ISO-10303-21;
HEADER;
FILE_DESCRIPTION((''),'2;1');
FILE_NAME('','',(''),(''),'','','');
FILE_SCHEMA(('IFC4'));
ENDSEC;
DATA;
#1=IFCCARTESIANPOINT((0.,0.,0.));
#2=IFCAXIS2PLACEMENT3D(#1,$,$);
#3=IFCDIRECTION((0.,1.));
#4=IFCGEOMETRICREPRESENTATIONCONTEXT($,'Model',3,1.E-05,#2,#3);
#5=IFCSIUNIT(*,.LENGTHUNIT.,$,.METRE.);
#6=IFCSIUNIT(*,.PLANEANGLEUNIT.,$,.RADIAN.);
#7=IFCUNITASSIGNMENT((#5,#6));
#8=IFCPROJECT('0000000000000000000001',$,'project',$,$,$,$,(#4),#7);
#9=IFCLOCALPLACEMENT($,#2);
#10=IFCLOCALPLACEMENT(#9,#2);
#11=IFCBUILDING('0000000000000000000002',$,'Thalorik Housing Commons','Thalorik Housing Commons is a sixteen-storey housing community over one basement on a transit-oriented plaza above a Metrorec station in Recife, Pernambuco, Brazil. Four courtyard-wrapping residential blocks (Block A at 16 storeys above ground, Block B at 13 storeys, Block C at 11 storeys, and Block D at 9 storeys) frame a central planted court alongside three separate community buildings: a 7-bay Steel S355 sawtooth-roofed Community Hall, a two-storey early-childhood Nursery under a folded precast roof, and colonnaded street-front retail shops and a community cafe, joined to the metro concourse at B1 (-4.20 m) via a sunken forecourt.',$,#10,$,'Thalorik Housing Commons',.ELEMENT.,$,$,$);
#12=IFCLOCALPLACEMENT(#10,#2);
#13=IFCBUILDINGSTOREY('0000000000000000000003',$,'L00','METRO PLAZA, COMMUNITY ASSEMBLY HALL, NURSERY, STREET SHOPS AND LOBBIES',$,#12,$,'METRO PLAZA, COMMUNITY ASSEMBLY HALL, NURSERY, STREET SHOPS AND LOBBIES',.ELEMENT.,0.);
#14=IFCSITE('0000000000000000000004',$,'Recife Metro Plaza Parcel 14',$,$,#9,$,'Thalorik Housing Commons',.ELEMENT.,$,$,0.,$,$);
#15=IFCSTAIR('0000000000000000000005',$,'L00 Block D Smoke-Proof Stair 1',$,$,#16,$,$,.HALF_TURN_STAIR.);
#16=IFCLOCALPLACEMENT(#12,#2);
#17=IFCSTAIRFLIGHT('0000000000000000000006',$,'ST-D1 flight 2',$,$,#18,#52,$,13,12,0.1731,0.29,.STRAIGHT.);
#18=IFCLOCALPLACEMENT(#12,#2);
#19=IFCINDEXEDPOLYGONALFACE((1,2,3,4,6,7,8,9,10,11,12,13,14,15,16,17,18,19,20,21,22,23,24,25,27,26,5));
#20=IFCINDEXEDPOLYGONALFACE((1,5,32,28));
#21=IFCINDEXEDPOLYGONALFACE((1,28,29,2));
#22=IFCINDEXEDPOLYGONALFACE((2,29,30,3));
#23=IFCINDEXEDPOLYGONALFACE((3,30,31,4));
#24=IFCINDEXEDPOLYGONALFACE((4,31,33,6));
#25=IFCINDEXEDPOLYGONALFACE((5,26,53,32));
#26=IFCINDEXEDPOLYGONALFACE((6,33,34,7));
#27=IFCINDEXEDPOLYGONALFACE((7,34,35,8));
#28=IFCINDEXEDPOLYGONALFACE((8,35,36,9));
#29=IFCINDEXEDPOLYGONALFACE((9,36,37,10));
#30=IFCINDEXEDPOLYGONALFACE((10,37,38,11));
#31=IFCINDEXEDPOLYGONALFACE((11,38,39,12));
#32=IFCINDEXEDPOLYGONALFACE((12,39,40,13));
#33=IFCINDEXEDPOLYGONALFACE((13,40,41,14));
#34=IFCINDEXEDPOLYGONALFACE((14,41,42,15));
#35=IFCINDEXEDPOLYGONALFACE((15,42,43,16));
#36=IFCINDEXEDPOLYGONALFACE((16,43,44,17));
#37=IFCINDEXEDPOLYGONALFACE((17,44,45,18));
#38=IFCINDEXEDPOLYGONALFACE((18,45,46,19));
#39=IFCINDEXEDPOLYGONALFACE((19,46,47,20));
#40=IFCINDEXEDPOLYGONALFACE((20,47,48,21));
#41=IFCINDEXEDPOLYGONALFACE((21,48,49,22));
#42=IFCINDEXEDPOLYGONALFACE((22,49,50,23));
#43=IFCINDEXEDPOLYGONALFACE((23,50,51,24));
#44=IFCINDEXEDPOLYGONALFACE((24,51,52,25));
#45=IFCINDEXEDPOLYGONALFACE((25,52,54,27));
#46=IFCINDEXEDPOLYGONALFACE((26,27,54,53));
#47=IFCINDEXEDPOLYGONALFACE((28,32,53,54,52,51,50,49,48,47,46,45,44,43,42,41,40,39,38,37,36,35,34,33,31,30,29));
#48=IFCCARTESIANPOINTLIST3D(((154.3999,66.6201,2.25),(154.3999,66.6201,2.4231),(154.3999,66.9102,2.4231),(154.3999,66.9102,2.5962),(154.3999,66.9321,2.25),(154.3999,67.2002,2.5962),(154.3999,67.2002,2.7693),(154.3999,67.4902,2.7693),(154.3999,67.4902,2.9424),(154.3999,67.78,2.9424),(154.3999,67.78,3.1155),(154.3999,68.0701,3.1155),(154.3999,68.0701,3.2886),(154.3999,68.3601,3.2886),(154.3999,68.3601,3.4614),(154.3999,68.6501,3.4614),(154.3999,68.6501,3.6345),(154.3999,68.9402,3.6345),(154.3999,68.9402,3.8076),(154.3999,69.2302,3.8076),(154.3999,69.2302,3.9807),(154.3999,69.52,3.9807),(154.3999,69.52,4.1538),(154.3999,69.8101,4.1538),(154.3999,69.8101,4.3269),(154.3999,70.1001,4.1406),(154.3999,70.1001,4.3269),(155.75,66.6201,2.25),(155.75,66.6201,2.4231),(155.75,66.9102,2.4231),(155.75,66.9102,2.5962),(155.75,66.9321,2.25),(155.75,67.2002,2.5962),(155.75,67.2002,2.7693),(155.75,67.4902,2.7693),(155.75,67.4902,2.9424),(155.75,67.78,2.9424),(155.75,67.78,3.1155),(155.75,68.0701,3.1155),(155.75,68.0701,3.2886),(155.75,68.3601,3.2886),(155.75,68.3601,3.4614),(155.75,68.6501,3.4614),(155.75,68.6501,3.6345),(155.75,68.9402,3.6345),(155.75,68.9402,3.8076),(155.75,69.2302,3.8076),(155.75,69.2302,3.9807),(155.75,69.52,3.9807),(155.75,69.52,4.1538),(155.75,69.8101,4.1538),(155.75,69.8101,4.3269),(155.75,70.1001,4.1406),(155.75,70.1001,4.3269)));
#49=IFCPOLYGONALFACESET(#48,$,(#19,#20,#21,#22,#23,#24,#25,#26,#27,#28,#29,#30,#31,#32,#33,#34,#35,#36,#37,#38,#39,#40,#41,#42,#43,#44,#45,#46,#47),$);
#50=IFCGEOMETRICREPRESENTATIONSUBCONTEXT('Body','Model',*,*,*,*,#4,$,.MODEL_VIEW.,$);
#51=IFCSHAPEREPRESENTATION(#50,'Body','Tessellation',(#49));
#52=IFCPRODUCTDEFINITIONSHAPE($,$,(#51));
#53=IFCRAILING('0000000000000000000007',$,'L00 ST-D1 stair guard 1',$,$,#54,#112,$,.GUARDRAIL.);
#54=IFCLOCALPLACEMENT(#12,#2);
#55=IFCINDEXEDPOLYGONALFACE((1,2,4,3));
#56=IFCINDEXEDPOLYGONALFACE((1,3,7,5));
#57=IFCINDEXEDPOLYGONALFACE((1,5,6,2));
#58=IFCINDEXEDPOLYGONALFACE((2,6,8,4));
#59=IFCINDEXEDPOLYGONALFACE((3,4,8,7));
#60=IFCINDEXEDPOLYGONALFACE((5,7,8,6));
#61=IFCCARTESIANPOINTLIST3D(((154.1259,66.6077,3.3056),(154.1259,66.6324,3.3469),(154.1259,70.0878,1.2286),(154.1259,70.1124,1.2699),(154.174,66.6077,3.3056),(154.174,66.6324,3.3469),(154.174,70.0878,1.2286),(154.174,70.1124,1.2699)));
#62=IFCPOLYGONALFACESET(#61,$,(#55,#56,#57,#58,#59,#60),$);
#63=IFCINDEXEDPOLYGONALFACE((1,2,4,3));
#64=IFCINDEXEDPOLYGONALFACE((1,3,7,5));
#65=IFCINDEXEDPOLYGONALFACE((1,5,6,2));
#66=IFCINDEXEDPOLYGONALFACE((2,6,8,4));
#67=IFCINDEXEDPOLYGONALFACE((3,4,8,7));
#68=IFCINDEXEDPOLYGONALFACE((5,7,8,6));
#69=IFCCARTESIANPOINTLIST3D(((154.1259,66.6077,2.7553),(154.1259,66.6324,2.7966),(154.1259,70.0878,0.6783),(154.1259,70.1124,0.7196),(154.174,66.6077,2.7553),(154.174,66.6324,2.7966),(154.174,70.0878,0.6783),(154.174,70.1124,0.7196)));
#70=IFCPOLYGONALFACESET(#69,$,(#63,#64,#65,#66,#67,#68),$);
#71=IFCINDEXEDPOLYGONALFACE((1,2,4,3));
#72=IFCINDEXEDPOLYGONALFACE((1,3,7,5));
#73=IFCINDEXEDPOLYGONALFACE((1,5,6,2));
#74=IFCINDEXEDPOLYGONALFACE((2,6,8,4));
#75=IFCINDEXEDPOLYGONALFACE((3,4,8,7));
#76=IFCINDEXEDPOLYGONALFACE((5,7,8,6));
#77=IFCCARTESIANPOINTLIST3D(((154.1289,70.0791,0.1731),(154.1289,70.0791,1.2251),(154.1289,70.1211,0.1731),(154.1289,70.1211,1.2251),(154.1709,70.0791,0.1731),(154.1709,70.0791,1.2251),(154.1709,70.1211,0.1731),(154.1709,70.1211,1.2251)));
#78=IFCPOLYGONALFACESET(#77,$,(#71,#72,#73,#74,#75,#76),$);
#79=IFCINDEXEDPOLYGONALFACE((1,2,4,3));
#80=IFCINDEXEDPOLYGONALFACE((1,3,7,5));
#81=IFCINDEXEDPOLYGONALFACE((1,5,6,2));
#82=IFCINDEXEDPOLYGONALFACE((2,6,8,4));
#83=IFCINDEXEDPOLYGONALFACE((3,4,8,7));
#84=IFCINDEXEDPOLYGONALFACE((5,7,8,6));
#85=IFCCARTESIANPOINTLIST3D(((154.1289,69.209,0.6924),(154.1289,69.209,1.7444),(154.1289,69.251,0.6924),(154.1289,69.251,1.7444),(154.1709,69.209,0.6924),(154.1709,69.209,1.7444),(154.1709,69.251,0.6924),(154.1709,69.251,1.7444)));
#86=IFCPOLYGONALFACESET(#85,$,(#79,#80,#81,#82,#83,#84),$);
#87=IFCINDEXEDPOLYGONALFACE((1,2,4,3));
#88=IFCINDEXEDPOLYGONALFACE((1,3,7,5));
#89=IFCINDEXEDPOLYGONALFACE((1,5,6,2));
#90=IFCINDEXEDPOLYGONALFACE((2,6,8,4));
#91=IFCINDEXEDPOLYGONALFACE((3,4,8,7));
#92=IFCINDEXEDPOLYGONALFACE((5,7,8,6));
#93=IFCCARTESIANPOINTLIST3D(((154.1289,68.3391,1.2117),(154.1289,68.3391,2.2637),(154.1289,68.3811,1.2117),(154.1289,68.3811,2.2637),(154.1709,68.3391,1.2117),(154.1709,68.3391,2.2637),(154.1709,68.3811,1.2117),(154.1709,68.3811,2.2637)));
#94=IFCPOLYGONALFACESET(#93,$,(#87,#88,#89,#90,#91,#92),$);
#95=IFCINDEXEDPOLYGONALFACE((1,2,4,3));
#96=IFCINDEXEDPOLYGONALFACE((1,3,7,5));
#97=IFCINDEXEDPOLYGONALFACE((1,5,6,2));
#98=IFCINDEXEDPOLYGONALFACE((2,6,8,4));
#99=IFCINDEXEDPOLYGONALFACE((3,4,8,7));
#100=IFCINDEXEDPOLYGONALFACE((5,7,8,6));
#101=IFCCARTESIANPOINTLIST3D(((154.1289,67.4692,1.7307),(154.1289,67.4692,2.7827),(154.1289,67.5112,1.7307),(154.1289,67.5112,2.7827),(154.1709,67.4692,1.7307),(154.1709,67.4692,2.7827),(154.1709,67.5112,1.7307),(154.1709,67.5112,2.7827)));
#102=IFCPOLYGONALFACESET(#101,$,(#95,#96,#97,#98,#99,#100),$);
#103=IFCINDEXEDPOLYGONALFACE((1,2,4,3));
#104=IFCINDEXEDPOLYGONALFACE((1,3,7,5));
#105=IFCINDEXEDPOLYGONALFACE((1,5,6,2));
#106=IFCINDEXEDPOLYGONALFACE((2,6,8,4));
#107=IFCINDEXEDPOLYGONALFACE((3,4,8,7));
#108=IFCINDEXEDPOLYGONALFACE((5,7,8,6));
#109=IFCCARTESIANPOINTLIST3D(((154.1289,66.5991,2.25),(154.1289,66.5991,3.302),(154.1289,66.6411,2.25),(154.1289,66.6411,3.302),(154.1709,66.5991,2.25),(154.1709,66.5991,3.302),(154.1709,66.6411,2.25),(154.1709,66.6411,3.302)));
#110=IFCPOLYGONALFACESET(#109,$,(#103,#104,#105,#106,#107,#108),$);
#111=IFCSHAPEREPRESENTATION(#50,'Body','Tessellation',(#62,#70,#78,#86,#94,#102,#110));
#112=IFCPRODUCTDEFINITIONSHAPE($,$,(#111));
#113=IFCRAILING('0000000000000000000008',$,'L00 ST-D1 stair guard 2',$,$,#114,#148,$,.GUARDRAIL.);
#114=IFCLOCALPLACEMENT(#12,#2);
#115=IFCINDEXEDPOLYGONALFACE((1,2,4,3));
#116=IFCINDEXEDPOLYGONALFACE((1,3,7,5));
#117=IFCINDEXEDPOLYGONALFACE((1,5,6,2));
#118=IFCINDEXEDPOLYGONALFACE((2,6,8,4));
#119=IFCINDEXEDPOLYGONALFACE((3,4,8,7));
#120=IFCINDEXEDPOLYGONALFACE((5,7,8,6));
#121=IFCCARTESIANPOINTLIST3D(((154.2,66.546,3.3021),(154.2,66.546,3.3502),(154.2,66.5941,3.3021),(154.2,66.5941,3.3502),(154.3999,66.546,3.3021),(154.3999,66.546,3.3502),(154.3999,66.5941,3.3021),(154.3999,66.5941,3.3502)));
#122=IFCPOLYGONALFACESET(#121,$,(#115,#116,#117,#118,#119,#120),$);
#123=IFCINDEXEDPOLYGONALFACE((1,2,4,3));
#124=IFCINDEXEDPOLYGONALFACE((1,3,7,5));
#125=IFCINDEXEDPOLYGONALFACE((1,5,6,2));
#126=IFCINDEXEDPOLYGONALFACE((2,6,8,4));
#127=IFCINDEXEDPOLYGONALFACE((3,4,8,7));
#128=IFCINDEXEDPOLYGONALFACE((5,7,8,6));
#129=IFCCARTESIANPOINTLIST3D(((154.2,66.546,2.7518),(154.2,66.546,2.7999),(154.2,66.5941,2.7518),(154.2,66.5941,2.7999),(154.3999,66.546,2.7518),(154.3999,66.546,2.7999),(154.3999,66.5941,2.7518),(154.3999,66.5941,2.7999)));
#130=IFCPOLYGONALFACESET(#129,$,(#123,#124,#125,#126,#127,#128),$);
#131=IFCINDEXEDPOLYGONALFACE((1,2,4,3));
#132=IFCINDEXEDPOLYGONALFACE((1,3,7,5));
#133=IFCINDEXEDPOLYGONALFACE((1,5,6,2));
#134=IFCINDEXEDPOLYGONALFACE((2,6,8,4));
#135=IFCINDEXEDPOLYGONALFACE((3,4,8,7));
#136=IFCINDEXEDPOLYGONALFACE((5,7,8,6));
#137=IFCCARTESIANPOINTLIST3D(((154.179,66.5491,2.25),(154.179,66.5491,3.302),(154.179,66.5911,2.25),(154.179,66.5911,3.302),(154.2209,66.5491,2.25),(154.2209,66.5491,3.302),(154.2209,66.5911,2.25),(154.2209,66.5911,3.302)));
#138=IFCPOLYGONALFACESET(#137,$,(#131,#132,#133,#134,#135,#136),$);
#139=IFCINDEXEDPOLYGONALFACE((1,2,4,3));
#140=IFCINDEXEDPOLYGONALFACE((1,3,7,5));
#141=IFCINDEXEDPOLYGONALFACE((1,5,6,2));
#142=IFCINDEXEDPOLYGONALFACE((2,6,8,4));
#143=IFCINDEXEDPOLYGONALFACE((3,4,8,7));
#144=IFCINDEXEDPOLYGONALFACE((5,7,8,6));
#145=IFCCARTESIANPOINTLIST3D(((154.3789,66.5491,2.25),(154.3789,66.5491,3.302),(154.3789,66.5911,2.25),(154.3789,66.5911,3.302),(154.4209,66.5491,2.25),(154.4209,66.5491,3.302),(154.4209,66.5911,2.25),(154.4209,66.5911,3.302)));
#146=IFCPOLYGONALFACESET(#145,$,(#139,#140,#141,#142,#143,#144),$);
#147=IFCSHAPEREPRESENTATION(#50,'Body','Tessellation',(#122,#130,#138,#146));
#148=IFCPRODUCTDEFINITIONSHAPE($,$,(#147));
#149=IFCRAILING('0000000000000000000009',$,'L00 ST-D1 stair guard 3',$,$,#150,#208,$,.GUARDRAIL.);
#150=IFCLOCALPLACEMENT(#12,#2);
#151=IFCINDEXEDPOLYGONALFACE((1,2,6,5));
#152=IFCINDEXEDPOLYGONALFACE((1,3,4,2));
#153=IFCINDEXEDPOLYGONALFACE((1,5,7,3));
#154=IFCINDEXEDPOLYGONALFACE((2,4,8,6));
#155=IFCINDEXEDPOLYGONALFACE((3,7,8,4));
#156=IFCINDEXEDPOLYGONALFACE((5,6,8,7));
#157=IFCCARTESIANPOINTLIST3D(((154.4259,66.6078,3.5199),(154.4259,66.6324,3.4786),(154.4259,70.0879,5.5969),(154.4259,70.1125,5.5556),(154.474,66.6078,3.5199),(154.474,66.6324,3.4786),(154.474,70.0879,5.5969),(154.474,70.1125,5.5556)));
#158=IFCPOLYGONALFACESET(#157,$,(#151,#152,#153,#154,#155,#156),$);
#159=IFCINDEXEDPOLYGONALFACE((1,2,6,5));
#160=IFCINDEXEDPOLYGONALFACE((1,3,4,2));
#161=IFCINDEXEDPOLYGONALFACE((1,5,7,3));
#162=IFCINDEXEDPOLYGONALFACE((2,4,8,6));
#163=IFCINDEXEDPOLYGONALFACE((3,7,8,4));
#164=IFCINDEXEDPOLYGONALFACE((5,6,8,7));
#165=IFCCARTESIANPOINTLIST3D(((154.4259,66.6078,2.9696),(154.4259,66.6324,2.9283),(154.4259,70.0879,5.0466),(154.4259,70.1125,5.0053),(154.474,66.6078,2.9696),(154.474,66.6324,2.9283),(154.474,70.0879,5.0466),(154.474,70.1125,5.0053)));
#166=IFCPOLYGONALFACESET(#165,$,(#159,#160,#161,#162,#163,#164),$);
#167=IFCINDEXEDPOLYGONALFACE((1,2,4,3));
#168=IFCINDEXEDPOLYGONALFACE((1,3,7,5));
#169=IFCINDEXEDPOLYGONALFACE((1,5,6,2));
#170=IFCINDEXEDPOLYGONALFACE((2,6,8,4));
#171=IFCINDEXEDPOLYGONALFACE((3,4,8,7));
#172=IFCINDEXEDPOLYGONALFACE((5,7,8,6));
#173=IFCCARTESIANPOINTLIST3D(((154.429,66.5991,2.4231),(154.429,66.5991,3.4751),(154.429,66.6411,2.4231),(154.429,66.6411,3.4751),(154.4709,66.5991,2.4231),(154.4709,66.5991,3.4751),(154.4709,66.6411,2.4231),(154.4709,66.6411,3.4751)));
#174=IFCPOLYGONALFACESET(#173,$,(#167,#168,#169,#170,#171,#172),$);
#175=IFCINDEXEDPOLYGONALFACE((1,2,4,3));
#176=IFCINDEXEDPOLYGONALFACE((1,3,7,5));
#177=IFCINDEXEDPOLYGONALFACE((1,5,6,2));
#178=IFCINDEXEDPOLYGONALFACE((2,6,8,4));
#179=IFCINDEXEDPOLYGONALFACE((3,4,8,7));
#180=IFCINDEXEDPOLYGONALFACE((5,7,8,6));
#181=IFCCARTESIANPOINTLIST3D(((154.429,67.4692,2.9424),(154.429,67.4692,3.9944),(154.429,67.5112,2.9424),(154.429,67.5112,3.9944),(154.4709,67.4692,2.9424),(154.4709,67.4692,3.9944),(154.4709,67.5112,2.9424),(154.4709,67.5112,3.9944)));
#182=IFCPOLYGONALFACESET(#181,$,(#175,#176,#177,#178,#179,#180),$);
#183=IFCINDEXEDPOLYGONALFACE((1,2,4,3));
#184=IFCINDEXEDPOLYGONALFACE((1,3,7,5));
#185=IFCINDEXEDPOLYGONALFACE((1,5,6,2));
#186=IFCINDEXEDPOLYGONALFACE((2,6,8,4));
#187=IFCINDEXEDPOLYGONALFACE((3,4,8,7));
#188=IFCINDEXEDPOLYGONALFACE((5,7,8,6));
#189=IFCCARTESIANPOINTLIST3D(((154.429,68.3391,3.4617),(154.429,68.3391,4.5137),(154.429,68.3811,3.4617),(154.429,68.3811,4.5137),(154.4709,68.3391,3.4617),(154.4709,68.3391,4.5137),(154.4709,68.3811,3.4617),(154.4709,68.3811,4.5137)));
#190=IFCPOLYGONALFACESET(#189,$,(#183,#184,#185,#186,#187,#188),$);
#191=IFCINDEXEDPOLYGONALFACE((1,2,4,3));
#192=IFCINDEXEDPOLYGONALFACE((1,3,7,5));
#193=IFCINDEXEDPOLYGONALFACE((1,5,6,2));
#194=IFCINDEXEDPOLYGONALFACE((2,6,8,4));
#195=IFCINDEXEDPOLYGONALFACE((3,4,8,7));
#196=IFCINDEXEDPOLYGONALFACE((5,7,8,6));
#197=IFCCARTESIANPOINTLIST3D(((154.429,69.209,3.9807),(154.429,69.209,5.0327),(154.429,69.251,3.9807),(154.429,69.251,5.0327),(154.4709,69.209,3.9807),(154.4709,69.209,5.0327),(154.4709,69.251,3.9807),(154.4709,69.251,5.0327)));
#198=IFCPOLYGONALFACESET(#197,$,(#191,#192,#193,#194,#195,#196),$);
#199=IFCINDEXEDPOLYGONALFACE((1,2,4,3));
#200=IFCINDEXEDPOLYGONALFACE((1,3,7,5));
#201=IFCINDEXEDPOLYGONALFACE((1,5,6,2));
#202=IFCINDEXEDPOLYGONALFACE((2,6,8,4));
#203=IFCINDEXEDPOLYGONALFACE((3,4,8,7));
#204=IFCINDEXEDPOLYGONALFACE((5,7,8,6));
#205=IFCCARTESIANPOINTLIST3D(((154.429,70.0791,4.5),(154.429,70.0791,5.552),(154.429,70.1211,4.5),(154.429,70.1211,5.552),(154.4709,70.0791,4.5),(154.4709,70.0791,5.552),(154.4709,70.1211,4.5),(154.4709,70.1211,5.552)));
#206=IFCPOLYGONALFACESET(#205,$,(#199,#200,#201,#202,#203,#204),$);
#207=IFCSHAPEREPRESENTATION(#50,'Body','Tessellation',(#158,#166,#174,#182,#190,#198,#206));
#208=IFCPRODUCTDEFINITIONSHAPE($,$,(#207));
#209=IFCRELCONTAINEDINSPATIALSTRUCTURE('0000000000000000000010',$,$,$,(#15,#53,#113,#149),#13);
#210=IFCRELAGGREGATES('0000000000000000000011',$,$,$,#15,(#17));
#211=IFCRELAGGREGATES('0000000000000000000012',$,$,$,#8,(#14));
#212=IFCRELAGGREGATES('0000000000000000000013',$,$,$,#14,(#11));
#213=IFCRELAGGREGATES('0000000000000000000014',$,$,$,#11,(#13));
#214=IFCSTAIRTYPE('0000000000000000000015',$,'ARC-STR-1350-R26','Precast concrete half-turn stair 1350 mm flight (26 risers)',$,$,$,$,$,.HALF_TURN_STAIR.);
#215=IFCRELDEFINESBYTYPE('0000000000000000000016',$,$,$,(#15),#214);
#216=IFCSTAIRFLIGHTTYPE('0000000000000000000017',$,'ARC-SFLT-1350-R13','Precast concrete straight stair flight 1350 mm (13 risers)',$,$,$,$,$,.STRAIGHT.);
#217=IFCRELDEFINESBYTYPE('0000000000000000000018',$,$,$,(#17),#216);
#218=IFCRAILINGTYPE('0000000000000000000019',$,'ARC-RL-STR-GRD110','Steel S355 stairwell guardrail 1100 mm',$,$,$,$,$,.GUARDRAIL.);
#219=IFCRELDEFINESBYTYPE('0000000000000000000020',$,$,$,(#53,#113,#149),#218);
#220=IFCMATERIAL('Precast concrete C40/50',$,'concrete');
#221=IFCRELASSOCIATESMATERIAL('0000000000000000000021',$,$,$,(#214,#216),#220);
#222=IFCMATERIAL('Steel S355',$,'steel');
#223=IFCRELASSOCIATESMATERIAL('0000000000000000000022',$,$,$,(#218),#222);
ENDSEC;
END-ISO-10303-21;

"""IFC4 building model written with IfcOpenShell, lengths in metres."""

from ifc_helpers import new_model, si_unit, direction, frame, origin, origin_2d, place, context, subcontext, project, spatial, polyline, rectangle, outline, extrude, material, type_object, element, aggregate, save


model = new_model("IFC4")

# Units and contexts
model_context = context("Model", 3, precision=1e-05, world=origin(), true_north=direction((0.0, 1.0)))
body_context = subcontext(model_context, "Body", "Model", "MODEL_VIEW")
ifc_project = project(units=[si_unit("LENGTHUNIT", "METRE"), si_unit("PLANEANGLEUNIT", "RADIAN")], contexts=[model_context])

# Site, building, storey
site_placement = place(None, origin())
site = spatial("IfcSite", under=ifc_project, at=site_placement, Name="Recife Metro Plaza Parcel 14", LongName="Thalorik Housing Commons", CompositionType="ELEMENT", RefElevation=0.0)
building_placement = place(site_placement, origin())
building = spatial("IfcBuilding", under=site, at=building_placement, Name="Thalorik Housing Commons", Description="Thalorik Housing Commons is a sixteen-storey housing community over one basement on a transit-oriented plaza above a Metrorec station in Recife, Pernambuco, Brazil. Four courtyard-wrapping residential blocks (Block A at 16 storeys above ground, Block B at 13 storeys, Block C at 11 storeys, and Block D at 9 storeys) frame a central planted court alongside three separate community buildings: a 7-bay Steel S355 sawtooth-roofed Community Hall, a two-storey early-childhood Nursery under a folded precast roof, and colonnaded street-front retail shops and a community cafe, joined to the metro concourse at B1 (-4.20 m) via a sunken forecourt.", LongName="Thalorik Housing Commons", CompositionType="ELEMENT")
storey_placement = place(building_placement, origin())
storey = spatial("IfcBuildingStorey", under=building, at=storey_placement, Name="L00", Description="METRO PLAZA, COMMUNITY ASSEMBLY HALL, NURSERY, STREET SHOPS AND LOBBIES", LongName="METRO PLAZA, COMMUNITY ASSEMBLY HALL, NURSERY, STREET SHOPS AND LOBBIES", CompositionType="ELEMENT", Elevation=0.0)

# Shared definitions
ifc_material_1 = material(Name="Precast concrete C40/50", Category="concrete")

# Shared definitions
ifc_material_2 = material(Name="Steel S355", Category="steel")

# Stair, stair flight
stair_type = type_object("IfcStairType", Name="ARC-STR-1350-R26", Description="Precast concrete half-turn stair 1350 mm flight (26 risers)", PredefinedType="HALF_TURN_STAIR", material=ifc_material_1)
stair_placement = place(storey_placement, origin())
stair = element("IfcStair", 1, at=stair_placement, inside=storey, type_object=stair_type, Name="L00 Block D Smoke-Proof Stair 1", PredefinedType="HALF_TURN_STAIR")
stair_flight_type = type_object("IfcStairFlightType", Name="ARC-SFLT-1350-R13", Description="Precast concrete straight stair flight 1350 mm (13 risers)", PredefinedType="STRAIGHT", material=ifc_material_1)
stair_flight_1_placement = place(storey_placement, frame((155.075, 66.6201, 2.25), z_axis=(0.0, 0.0, 1.0), x_axis=(0.0, 1.0, 0.0)))
stair_flight_1 = element("IfcStairFlight", 2, at=stair_flight_1_placement, type_object=stair_flight_type, Name="ST-D1 flight 2", NumberOfRisers=13, NumberOfTreads=12, PredefinedType="STRAIGHT", RiserHeight=0.1731, TreadLength=0.29, context=body_context, shape_type="SweptSolid", body=[
    extrude(outline(polyline([(0.0, 0.0), (0.0, 0.1731), (0.29, 0.1731), (0.29, 0.3462), (0.5801, 0.3462), (0.5801, 0.5193), (0.8701, 0.5193), (0.8701, 0.6924), (1.1599, 0.6924), (1.1599, 0.8655), (1.45, 0.8655), (1.45, 1.0386), (1.74, 1.0386), (1.74, 1.2114), (2.03, 1.2114), (2.03, 1.3845), (2.3201, 1.3845), (2.3201, 1.5576), (2.6101, 1.5576), (2.6101, 1.7307), (2.8999, 1.7307), (2.8999, 1.9038), (3.1899, 1.9038), (3.1899, 2.0769), (3.48, 2.0769), (3.48, 2.25), (3.48, 1.8906), (0.312, 0.0), (0.0, 0.0)])), frame((0.0, 0.675, 0.0), z_axis=(0.0, -1.0, 0.0), x_axis=(1.0, 0.0, 0.0)), (0.0, 0.0, 1.0), 1.3501),
])
aggregate(stair, [stair_flight_1])

# Railings
railing_type_1 = type_object("IfcRailingType", Name="ARC-RL-STR-GRD110", Description="Steel S355 stairwell guardrail 1100 mm", PredefinedType="GUARDRAIL", material=ifc_material_2)
railing_1_placement = place(storey_placement, frame((154.1499, 70.1001, 0.1731)))
element("IfcRailing", 3, at=railing_1_placement, inside=storey, type_object=railing_type_1, Name="L00 ST-D1 stair guard 1", PredefinedType="GUARDRAIL", context=body_context, shape_type="SweptSolid", body=[
    extrude(rectangle(XDim=0.0481, YDim=0.0481, at=origin_2d()), frame((0.0, 0.0, 1.0762), z_axis=(0.0, -0.858697, 0.512483), x_axis=(1.0, 0.0, 0.0)), (0.0, 0.0, 1.0), 4.0527),
    extrude(rectangle(XDim=0.0481, YDim=0.0481, at=origin_2d()), frame((0.0, 0.0, 0.5259), z_axis=(0.0, -0.858697, 0.512483), x_axis=(1.0, 0.0, 0.0)), (0.0, 0.0, 1.0), 4.0527),
    extrude(rectangle(XDim=0.042, YDim=0.042, at=origin_2d()), origin(), (0.0, 0.0, 1.0), 1.052),
    extrude(rectangle(XDim=0.042, YDim=0.042, at=origin_2d()), frame((0.0, -0.8701, 0.5193)), (0.0, 0.0, 1.0), 1.052),
    extrude(rectangle(XDim=0.042, YDim=0.042, at=origin_2d()), frame((0.0, -1.74, 1.0386)), (0.0, 0.0, 1.0), 1.052),
    extrude(rectangle(XDim=0.042, YDim=0.042, at=origin_2d()), frame((0.0, -2.6099, 1.5576)), (0.0, 0.0, 1.0), 1.052),
    extrude(rectangle(XDim=0.042, YDim=0.042, at=origin_2d()), frame((0.0, -3.48, 2.0769)), (0.0, 0.0, 1.0), 1.052),
])
railing_2_placement = place(storey_placement, frame((154.2, 66.5701, 2.25)))
element("IfcRailing", 4, at=railing_2_placement, inside=storey, type_object=railing_type_1, Name="L00 ST-D1 stair guard 2", PredefinedType="GUARDRAIL", context=body_context, shape_type="SweptSolid", body=[
    extrude(rectangle(XDim=0.0481, YDim=0.0481, at=origin_2d()), frame((0.0, 0.0, 1.0762), z_axis=(1.0, 0.0, 0.0), x_axis=(0.0, 1.0, 0.0)), (0.0, 0.0, 1.0), 0.2),
    extrude(rectangle(XDim=0.0481, YDim=0.0481, at=origin_2d()), frame((0.0, 0.0, 0.5259), z_axis=(1.0, 0.0, 0.0), x_axis=(0.0, 1.0, 0.0)), (0.0, 0.0, 1.0), 0.2),
    extrude(rectangle(XDim=0.042, YDim=0.042, at=origin_2d()), origin(), (0.0, 0.0, 1.0), 1.052),
    extrude(rectangle(XDim=0.042, YDim=0.042, at=origin_2d()), frame((0.2, 0.0, 0.0)), (0.0, 0.0, 1.0), 1.052),
])
railing_3_placement = place(storey_placement, frame((154.45, 66.6201, 2.4231)))
element("IfcRailing", 5, at=railing_3_placement, inside=storey, type_object=railing_type_1, Name="L00 ST-D1 stair guard 3", PredefinedType="GUARDRAIL", context=body_context, shape_type="SweptSolid", body=[
    extrude(rectangle(XDim=0.0481, YDim=0.0481, at=origin_2d()), frame((0.0, 0.0, 1.0762), z_axis=(0.0, 0.858697, 0.512483), x_axis=(-1.0, 0.0, 0.0)), (0.0, 0.0, 1.0), 4.0527),
    extrude(rectangle(XDim=0.0481, YDim=0.0481, at=origin_2d()), frame((0.0, 0.0, 0.5259), z_axis=(0.0, 0.858697, 0.512483), x_axis=(-1.0, 0.0, 0.0)), (0.0, 0.0, 1.0), 4.0527),
    extrude(rectangle(XDim=0.042, YDim=0.042, at=origin_2d()), origin(), (0.0, 0.0, 1.0), 1.052),
    extrude(rectangle(XDim=0.042, YDim=0.042, at=origin_2d()), frame((0.0, 0.8701, 0.5193)), (0.0, 0.0, 1.0), 1.052),
    extrude(rectangle(XDim=0.042, YDim=0.042, at=origin_2d()), frame((0.0, 1.74, 1.0386)), (0.0, 0.0, 1.0), 1.052),
    extrude(rectangle(XDim=0.042, YDim=0.042, at=origin_2d()), frame((0.0, 2.6099, 1.5576)), (0.0, 0.0, 1.0), 1.052),
    extrude(rectangle(XDim=0.042, YDim=0.042, at=origin_2d()), frame((0.0, 3.48, 2.0769)), (0.0, 0.0, 1.0), 1.052),
])

save(model, "model.ifc")
